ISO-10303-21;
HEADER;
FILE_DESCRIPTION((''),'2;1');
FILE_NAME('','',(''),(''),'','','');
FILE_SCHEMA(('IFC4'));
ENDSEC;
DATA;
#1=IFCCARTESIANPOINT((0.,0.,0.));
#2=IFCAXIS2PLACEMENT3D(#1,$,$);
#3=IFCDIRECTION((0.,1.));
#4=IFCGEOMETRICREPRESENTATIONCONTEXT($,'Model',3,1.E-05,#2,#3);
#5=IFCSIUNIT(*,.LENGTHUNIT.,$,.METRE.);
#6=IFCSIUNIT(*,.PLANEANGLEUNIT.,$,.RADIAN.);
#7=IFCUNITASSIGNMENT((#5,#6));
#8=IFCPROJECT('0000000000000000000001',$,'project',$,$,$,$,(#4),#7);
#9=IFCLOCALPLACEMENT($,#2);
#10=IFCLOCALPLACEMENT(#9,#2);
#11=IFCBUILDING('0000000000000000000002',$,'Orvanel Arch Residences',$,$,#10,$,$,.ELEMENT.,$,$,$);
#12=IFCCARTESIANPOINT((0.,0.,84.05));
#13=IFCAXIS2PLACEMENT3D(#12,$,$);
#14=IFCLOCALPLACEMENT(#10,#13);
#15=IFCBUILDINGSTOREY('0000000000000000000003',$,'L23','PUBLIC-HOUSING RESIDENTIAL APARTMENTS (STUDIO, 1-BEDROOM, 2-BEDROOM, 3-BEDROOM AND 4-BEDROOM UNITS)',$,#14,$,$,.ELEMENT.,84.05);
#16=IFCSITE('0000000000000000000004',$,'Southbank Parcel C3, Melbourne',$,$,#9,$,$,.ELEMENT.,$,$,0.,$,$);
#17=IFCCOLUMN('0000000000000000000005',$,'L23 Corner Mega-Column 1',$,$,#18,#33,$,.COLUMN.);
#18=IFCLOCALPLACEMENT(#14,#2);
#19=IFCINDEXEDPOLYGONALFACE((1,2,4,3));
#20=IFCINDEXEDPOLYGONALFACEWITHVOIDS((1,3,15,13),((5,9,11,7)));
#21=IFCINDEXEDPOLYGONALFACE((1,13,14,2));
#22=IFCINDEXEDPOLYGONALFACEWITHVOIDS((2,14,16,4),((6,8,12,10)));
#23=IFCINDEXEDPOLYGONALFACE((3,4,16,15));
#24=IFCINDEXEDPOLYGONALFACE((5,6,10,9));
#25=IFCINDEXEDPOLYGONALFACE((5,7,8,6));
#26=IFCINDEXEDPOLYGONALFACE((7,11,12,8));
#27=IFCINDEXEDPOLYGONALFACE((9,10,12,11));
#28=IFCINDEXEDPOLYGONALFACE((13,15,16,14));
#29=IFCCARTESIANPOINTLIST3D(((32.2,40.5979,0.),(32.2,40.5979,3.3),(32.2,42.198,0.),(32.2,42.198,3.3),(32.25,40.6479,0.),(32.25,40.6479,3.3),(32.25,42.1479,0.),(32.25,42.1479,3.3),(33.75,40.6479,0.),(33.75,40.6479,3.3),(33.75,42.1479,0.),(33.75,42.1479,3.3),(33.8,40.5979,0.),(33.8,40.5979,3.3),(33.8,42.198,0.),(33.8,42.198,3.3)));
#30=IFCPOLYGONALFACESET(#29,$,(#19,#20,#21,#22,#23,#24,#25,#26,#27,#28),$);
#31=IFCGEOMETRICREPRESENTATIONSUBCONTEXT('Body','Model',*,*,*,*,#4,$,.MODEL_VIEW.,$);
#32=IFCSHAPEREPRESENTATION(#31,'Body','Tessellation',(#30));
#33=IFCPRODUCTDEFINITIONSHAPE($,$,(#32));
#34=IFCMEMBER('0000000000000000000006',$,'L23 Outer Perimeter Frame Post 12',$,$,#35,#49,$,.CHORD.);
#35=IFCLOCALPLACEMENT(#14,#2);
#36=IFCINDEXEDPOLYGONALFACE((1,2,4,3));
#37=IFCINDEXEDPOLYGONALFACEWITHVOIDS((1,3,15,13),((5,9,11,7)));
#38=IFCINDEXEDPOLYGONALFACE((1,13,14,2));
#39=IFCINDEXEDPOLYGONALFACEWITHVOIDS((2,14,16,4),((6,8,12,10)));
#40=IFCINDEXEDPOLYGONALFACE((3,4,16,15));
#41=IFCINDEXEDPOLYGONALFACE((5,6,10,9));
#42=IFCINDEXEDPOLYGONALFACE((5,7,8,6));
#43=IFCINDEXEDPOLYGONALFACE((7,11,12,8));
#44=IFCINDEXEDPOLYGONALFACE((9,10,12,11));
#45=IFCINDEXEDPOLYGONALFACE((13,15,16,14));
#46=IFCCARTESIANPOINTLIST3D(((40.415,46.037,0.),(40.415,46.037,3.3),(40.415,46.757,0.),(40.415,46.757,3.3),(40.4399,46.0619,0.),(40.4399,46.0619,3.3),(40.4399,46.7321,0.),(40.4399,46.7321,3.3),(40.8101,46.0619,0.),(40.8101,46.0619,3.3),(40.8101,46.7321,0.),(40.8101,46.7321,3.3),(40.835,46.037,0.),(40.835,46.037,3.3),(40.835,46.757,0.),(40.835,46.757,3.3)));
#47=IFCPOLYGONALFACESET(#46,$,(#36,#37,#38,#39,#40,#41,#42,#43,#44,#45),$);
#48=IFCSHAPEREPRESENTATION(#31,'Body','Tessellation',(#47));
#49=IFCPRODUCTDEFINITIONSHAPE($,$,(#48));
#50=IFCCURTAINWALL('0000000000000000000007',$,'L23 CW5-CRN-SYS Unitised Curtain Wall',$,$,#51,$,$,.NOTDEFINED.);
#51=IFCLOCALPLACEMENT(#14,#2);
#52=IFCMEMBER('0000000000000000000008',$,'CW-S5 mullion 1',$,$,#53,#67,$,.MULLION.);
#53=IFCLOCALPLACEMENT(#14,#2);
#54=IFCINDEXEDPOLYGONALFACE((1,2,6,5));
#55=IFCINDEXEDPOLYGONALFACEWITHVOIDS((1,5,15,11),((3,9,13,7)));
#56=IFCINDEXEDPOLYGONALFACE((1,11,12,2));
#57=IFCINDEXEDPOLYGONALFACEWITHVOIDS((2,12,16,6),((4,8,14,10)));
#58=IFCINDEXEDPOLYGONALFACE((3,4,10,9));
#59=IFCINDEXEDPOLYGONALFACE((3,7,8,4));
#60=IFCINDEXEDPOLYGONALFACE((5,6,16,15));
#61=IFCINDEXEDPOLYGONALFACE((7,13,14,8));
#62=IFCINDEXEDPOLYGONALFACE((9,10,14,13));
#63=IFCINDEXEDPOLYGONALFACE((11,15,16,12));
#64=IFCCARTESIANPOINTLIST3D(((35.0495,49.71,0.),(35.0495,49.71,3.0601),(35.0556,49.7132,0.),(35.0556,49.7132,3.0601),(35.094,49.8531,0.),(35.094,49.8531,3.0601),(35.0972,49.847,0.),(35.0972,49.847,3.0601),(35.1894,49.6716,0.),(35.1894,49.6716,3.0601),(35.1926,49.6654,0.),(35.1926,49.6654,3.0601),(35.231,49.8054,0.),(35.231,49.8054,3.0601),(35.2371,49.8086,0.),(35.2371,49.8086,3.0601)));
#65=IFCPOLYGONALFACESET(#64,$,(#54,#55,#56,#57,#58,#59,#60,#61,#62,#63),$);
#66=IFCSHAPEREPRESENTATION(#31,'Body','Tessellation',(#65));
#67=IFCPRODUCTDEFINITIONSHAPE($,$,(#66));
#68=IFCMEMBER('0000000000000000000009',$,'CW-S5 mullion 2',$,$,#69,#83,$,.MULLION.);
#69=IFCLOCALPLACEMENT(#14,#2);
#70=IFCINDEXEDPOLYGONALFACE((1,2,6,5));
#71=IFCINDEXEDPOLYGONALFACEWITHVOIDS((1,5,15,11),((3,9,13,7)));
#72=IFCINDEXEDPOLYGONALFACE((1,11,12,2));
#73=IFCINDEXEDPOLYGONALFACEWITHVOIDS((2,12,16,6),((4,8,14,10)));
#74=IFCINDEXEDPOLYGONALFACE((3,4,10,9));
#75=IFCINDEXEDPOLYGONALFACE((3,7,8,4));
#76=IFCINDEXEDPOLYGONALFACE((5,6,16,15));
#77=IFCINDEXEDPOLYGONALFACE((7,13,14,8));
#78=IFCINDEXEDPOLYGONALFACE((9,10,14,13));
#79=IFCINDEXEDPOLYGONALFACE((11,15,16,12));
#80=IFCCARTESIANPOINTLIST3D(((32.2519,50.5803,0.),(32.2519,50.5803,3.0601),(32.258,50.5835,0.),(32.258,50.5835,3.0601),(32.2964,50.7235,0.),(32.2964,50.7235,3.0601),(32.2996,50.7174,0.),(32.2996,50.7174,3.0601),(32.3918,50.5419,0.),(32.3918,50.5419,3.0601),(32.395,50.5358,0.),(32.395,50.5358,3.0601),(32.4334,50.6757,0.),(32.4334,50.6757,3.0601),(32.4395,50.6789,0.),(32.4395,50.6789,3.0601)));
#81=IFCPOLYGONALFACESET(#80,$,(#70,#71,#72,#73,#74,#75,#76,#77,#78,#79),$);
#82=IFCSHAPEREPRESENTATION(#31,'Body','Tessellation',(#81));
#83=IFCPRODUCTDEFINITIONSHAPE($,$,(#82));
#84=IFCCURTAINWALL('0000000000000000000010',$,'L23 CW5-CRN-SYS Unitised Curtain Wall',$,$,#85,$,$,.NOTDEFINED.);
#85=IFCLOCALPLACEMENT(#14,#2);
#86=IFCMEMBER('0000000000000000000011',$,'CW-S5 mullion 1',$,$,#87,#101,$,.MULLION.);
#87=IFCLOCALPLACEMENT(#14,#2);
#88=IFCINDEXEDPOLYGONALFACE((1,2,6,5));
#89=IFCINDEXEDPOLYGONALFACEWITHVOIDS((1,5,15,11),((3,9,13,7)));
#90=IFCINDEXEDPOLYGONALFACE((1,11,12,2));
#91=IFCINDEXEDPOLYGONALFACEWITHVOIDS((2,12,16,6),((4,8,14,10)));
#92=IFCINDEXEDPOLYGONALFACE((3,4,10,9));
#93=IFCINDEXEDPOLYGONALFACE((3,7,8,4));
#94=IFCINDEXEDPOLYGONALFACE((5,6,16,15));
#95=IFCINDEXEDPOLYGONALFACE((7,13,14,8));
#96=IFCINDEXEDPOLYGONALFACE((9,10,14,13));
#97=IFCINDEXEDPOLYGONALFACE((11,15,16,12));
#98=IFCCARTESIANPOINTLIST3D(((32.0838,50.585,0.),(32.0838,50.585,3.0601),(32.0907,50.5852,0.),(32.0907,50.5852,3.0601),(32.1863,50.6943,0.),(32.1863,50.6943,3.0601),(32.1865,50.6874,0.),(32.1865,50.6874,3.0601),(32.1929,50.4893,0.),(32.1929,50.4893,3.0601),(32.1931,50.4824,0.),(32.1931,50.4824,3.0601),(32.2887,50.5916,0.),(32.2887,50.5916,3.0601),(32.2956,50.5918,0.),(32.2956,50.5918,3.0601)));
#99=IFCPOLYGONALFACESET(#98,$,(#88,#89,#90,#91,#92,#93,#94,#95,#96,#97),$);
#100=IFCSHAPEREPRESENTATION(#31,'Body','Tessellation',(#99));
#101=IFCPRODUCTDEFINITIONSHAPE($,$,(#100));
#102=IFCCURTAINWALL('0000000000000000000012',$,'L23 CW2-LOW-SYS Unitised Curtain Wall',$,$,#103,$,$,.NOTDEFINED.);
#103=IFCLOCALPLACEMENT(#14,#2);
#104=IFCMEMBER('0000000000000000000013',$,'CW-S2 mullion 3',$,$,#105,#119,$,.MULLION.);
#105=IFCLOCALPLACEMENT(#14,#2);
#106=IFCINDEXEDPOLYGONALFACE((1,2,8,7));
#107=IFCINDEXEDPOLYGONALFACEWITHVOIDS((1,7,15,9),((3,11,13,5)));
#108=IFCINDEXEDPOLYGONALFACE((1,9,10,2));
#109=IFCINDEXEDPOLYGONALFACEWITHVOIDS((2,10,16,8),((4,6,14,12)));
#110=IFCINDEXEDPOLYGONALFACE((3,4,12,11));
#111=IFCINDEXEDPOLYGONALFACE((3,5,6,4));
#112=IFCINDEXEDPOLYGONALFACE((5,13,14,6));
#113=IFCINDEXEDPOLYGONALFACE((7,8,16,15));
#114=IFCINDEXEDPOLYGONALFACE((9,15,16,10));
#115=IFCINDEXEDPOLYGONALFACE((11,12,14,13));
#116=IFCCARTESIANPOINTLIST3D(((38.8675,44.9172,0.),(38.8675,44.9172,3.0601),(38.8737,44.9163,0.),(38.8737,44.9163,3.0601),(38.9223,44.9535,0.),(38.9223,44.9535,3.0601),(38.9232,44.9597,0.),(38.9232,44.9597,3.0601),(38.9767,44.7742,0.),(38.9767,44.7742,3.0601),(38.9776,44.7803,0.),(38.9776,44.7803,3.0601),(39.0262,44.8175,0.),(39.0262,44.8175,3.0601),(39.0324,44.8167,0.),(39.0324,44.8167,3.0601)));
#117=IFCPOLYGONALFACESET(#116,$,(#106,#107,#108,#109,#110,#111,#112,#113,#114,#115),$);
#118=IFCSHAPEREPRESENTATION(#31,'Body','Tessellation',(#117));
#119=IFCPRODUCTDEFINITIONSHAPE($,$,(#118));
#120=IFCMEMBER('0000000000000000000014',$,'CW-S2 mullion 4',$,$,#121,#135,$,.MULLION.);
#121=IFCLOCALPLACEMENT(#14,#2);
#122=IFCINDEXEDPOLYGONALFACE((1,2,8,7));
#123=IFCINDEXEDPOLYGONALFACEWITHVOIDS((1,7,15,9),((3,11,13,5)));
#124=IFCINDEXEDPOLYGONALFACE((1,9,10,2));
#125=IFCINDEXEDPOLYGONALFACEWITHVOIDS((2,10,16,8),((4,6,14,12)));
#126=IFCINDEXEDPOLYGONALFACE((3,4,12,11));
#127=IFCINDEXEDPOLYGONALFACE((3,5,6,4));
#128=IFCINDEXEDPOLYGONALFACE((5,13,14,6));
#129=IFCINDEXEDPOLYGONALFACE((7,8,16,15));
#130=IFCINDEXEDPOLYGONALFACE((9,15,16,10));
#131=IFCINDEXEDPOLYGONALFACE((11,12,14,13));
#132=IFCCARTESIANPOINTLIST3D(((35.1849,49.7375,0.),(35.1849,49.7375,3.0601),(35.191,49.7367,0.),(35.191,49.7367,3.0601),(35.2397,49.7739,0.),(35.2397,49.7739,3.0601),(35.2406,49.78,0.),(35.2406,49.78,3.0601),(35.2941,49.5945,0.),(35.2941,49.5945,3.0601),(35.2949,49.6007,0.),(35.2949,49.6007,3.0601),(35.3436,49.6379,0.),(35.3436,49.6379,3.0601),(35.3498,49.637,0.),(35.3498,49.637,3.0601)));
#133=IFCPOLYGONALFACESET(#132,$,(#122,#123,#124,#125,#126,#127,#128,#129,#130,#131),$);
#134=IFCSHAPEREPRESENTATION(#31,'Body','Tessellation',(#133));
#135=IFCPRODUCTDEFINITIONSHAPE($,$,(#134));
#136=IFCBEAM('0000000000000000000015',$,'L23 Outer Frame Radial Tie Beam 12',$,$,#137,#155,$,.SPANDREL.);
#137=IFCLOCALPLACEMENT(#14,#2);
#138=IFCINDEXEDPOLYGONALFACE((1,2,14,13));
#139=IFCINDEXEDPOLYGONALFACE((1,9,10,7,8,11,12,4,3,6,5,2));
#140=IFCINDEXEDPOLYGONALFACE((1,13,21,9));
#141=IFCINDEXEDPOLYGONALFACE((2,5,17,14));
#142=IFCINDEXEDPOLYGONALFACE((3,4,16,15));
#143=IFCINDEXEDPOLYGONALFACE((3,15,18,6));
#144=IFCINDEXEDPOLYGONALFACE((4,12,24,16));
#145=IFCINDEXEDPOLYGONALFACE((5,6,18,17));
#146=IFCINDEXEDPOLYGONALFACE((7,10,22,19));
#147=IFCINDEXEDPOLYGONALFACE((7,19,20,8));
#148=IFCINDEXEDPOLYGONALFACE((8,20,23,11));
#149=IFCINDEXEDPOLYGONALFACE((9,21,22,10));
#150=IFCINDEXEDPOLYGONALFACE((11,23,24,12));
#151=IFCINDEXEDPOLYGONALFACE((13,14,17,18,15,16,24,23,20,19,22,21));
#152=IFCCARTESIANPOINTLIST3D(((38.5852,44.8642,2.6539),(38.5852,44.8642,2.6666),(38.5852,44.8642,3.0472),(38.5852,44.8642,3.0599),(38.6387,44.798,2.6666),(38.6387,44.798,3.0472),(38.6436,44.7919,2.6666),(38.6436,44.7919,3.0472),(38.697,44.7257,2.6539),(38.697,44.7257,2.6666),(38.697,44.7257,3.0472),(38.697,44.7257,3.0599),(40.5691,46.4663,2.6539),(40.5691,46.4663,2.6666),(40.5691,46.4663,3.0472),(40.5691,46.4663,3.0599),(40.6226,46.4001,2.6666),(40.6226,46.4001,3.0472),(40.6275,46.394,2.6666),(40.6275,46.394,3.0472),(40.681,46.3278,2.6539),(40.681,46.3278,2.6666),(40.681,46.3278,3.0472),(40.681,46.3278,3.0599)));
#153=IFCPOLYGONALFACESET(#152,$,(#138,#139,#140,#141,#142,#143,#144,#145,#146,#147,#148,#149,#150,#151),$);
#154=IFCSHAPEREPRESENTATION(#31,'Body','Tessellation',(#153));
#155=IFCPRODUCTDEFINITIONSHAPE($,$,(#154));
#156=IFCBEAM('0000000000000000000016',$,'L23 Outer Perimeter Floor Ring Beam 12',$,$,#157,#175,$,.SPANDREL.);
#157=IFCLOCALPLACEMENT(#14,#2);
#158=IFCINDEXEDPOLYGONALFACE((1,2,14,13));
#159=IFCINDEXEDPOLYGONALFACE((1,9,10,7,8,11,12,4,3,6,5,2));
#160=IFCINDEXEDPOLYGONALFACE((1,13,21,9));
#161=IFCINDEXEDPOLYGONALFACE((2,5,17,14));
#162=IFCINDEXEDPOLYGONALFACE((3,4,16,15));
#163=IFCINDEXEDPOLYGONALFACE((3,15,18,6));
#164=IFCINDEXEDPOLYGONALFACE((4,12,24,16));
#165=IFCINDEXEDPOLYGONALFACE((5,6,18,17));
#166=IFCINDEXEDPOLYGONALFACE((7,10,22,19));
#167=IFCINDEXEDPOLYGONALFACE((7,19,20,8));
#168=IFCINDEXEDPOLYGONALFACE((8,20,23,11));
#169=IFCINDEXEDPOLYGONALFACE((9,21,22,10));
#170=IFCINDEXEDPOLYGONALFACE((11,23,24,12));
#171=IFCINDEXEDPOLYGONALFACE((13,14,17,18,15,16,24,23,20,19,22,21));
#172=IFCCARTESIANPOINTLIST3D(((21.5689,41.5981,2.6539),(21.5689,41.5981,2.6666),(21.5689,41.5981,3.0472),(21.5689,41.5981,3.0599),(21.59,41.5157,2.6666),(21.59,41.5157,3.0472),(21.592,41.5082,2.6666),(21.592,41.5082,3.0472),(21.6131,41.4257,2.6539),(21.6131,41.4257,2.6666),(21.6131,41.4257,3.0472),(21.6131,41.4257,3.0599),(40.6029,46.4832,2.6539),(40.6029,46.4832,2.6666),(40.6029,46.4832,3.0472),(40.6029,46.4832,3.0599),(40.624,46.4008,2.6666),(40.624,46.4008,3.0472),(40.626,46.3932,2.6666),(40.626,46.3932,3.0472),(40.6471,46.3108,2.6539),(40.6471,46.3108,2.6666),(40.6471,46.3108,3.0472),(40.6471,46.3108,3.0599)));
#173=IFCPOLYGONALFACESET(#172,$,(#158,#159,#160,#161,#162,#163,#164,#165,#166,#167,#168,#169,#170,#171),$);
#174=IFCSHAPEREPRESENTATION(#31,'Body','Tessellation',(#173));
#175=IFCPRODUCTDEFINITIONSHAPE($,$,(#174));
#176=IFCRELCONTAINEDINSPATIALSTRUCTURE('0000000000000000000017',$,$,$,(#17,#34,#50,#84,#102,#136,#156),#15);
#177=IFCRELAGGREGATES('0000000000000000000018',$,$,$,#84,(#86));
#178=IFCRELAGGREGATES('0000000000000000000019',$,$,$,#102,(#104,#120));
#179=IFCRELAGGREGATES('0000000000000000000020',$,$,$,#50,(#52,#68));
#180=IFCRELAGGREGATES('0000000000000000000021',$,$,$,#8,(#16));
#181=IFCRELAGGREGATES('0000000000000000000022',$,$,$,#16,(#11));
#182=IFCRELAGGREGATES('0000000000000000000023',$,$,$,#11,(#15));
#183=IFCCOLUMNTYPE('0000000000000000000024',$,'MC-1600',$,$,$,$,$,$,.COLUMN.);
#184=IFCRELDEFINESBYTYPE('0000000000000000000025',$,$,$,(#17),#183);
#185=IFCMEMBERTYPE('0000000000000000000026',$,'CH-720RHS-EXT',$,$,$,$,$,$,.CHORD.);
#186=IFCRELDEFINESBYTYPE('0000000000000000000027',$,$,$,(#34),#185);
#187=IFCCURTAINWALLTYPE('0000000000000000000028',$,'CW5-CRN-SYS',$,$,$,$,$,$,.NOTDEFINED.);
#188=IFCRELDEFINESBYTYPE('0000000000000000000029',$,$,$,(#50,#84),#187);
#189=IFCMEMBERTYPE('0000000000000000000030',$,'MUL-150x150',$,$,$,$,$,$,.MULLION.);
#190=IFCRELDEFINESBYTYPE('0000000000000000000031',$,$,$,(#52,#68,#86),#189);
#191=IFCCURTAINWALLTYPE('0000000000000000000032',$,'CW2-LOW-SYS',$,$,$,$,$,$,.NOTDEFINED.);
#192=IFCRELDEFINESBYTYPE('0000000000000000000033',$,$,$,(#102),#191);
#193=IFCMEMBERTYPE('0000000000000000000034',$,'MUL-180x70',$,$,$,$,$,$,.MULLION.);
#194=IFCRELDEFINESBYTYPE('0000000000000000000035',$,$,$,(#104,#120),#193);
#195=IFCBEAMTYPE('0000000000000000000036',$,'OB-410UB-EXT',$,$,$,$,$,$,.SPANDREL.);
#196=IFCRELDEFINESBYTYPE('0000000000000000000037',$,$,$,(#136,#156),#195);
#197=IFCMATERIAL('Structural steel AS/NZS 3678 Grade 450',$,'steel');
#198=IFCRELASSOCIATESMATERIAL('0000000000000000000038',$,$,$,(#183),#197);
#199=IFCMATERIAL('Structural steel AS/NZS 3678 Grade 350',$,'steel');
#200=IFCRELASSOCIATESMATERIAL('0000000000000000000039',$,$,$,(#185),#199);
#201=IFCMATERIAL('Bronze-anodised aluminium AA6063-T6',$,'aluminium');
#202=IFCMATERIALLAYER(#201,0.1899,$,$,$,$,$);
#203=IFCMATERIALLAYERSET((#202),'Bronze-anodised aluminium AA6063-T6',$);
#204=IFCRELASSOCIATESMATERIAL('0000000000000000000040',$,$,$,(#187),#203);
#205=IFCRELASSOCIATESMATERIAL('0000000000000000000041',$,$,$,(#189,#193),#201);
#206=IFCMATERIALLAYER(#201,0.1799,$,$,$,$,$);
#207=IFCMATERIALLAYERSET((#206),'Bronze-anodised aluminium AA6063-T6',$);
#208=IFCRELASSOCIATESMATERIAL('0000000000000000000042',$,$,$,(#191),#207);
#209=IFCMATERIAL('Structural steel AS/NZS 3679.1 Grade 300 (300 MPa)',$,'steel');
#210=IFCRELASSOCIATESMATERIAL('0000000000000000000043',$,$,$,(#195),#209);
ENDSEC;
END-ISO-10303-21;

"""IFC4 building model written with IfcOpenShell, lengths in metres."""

from ifc_helpers import new_model, si_unit, direction, frame, origin, origin_2d, place, context, subcontext, project, spatial, hollow_rectangle, i_section, extrude, material, layer, layer_set, material_profile, profile_set, type_object, element, aggregate, save


model = new_model("IFC4")

# Units and contexts
model_context = context("Model", 3, precision=1e-05, world=origin(), true_north=direction((0.0, 1.0)))
body_context = subcontext(model_context, "Body", "Model", "MODEL_VIEW")
ifc_project = project(units=[si_unit("LENGTHUNIT", "METRE"), si_unit("PLANEANGLEUNIT", "RADIAN")], contexts=[model_context])

# Site, building, storey
site_placement = place(None, origin())
site = spatial("IfcSite", under=ifc_project, at=site_placement, Name="Southbank Parcel C3, Melbourne", CompositionType="ELEMENT", RefElevation=0.0)
building_placement = place(site_placement, origin())
building = spatial("IfcBuilding", under=site, at=building_placement, Name="Orvanel Arch Residences", CompositionType="ELEMENT")
storey_placement = place(building_placement, frame((0.0, 0.0, 84.05)))
storey = spatial("IfcBuildingStorey", under=building, at=storey_placement, Name="L23", Description="PUBLIC-HOUSING RESIDENTIAL APARTMENTS (STUDIO, 1-BEDROOM, 2-BEDROOM, 3-BEDROOM AND 4-BEDROOM UNITS)", CompositionType="ELEMENT", Elevation=84.05)

# Column
ifc_material_1 = material(Name="Structural steel AS/NZS 3678 Grade 450", Category="steel")
ifc_material_profile_1 = material_profile(ifc_material_1, hollow_rectangle(XDim=1.6001, YDim=1.6001, WallThickness=0.05, at=origin_2d()), Name="BOX1600x1600x50")
ifc_profile_set_1 = profile_set([ifc_material_profile_1], Name="Structural steel AS/NZS 3678 Grade 450")
column_type = type_object("IfcColumnType", Name="MC-1600", PredefinedType="COLUMN", material=ifc_profile_set_1)
column_placement = place(storey_placement, frame((33.0, 41.3979, 0.0), z_axis=(0.0, 0.0, 1.0), x_axis=(1.0, 0.0, 0.0)))
element("IfcColumn", 1, at=column_placement, inside=storey, type_object=column_type, Name="L23 Corner Mega-Column 1", PredefinedType="COLUMN", context=body_context, shape_type="SweptSolid", body=[
    extrude(hollow_rectangle(XDim=1.6001, YDim=1.6001, WallThickness=0.05, at=origin_2d()), origin(), (0.0, 0.0, 1.0), 3.3),
])

# Member
ifc_material_2 = material(Name="Structural steel AS/NZS 3678 Grade 350", Category="steel")
ifc_material_profile_2 = material_profile(ifc_material_2, hollow_rectangle(XDim=0.4199, YDim=0.72, WallThickness=0.0249, at=origin_2d()), Name="RHS720x420x25")
ifc_profile_set_2 = profile_set([ifc_material_profile_2], Name="Structural steel AS/NZS 3678 Grade 350")
member_type_1 = type_object("IfcMemberType", Name="CH-720RHS-EXT", PredefinedType="CHORD", material=ifc_profile_set_2)
member_1_placement = place(storey_placement, frame((40.625, 46.397, 0.0), z_axis=(0.0, 0.0, 1.0), x_axis=(1.0, 0.0, 0.0)))
element("IfcMember", 2, at=member_1_placement, inside=storey, type_object=member_type_1, Name="L23 Outer Perimeter Frame Post 12", PredefinedType="CHORD", context=body_context, shape_type="SweptSolid", body=[
    extrude(hollow_rectangle(XDim=0.4199, YDim=0.72, WallThickness=0.0249, at=origin_2d()), origin(), (0.0, 0.0, 1.0), 3.3),
])

# Curtain wall, members
ifc_material_3 = material(Name="Bronze-anodised aluminium AA6063-T6", Category="aluminium")
ifc_layer_1 = layer(ifc_material_3, 0.1899)
ifc_layer_set_1 = layer_set([ifc_layer_1], Name="Bronze-anodised aluminium AA6063-T6")
curtain_wall_type_1 = type_object("IfcCurtainWallType", Name="CW5-CRN-SYS", PredefinedType="NOTDEFINED", material=ifc_layer_set_1)
curtain_wall_1_placement = place(storey_placement, origin())
curtain_wall_1 = element("IfcCurtainWall", 3, at=curtain_wall_1_placement, inside=storey, type_object=curtain_wall_type_1, Name="L23 CW5-CRN-SYS Unitised Curtain Wall", PredefinedType="NOTDEFINED")
ifc_material_profile_3 = material_profile(ifc_material_3, hollow_rectangle(XDim=0.1499, YDim=0.1499, WallThickness=0.0049, at=origin_2d()), Name="ALU150x150x5")
ifc_profile_set_3 = profile_set([ifc_material_profile_3], Name="Bronze-anodised aluminium AA6063-T6")
member_type_2 = type_object("IfcMemberType", Name="MUL-150x150", PredefinedType="MULLION", material=ifc_profile_set_3)
member_2_placement = place(storey_placement, frame((35.1433, 49.7593, 0.0), z_axis=(0.0, 0.0, 1.0), x_axis=(-0.297073, -0.954855, 0.0)))
member_2 = element("IfcMember", 4, at=member_2_placement, type_object=member_type_2, Name="CW-S5 mullion 1", PredefinedType="MULLION", context=body_context, shape_type="SweptSolid", body=[
    extrude(hollow_rectangle(XDim=0.1499, YDim=0.1499, WallThickness=0.0049, at=origin_2d()), origin(), (0.0, 0.0, 1.0), 3.0601),
])
member_3_placement = place(storey_placement, frame((32.3457, 50.6296, 0.0), z_axis=(0.0, 0.0, 1.0), x_axis=(-0.297073, -0.954855, 0.0)))
member_3 = element("IfcMember", 5, at=member_3_placement, type_object=member_type_2, Name="CW-S5 mullion 2", PredefinedType="MULLION", context=body_context, shape_type="SweptSolid", body=[
    extrude(hollow_rectangle(XDim=0.1499, YDim=0.1499, WallThickness=0.0049, at=origin_2d()), origin(), (0.0, 0.0, 1.0), 3.0601),
])

# Curtain wall, member
curtain_wall_2_placement = place(storey_placement, origin())
curtain_wall_2 = element("IfcCurtainWall", 6, at=curtain_wall_2_placement, inside=storey, type_object=curtain_wall_type_1, Name="L23 CW5-CRN-SYS Unitised Curtain Wall", PredefinedType="NOTDEFINED")
member_4_placement = place(storey_placement, frame((32.1897, 50.5884, 0.0), z_axis=(0.0, 0.0, 1.0), x_axis=(0.729577, -0.683898, 0.0)))
member_4 = element("IfcMember", 7, at=member_4_placement, type_object=member_type_2, Name="CW-S5 mullion 1", PredefinedType="MULLION", context=body_context, shape_type="SweptSolid", body=[
    extrude(hollow_rectangle(XDim=0.1499, YDim=0.1499, WallThickness=0.0049, at=origin_2d()), origin(), (0.0, 0.0, 1.0), 3.0601),
])

# Curtain wall, members
ifc_layer_2 = layer(ifc_material_3, 0.1799)
ifc_layer_set_2 = layer_set([ifc_layer_2], Name="Bronze-anodised aluminium AA6063-T6")
curtain_wall_type_2 = type_object("IfcCurtainWallType", Name="CW2-LOW-SYS", PredefinedType="NOTDEFINED", material=ifc_layer_set_2)
curtain_wall_3_placement = place(storey_placement, origin())
curtain_wall_3 = element("IfcCurtainWall", 8, at=curtain_wall_3_placement, inside=storey, type_object=curtain_wall_type_2, Name="L23 CW2-LOW-SYS Unitised Curtain Wall", PredefinedType="NOTDEFINED")
ifc_material_profile_4 = material_profile(ifc_material_3, hollow_rectangle(XDim=0.0701, YDim=0.1799, WallThickness=0.0044, at=origin_2d()), Name="ALU180x70x4.5")
ifc_profile_set_4 = profile_set([ifc_material_profile_4], Name="Bronze-anodised aluminium AA6063-T6")
member_type_3 = type_object("IfcMemberType", Name="MUL-180x70", PredefinedType="MULLION", material=ifc_profile_set_4)
member_5_placement = place(storey_placement, frame((38.95, 44.8669, 0.0), z_axis=(0.0, 0.0, 1.0), x_axis=(-0.794618, -0.607109, 0.0)))
member_5 = element("IfcMember", 9, at=member_5_placement, type_object=member_type_3, Name="CW-S2 mullion 3", PredefinedType="MULLION", context=body_context, shape_type="SweptSolid", body=[
    extrude(hollow_rectangle(XDim=0.0701, YDim=0.1799, WallThickness=0.0044, at=origin_2d()), origin(), (0.0, 0.0, 1.0), 3.0601),
])
member_6_placement = place(storey_placement, frame((35.2673, 49.6873, 0.0), z_axis=(0.0, 0.0, 1.0), x_axis=(-0.794618, -0.607109, 0.0)))
member_6 = element("IfcMember", 10, at=member_6_placement, type_object=member_type_3, Name="CW-S2 mullion 4", PredefinedType="MULLION", context=body_context, shape_type="SweptSolid", body=[
    extrude(hollow_rectangle(XDim=0.0701, YDim=0.1799, WallThickness=0.0044, at=origin_2d()), origin(), (0.0, 0.0, 1.0), 3.0601),
])

# Beams
ifc_material_4 = material(Name="Structural steel AS/NZS 3679.1 Grade 300 (300 MPa)", Category="steel")
ifc_material_profile_5 = material_profile(ifc_material_4, i_section(OverallWidth=0.178, OverallDepth=0.406, WebThickness=0.0078, FlangeThickness=0.0127, at=origin_2d()), Name="410UB59.7")
ifc_profile_set_5 = profile_set([ifc_material_profile_5], Name="Structural steel AS/NZS 3679.1 Grade 300 (300 MPa)")
beam_type_1 = type_object("IfcBeamType", Name="OB-410UB-EXT", PredefinedType="SPANDREL", material=ifc_profile_set_5)
beam_1_placement = place(storey_placement, frame((38.6411, 44.7949, 2.8569), z_axis=(0.778002, 0.628261, 0.0), x_axis=(-0.628261, 0.778002, 0.0)))
element("IfcBeam", 11, at=beam_1_placement, inside=storey, type_object=beam_type_1, Name="L23 Outer Frame Radial Tie Beam 12", PredefinedType="SPANDREL", context=body_context, shape_type="SweptSolid", body=[
    extrude(i_section(OverallWidth=0.178, OverallDepth=0.406, WebThickness=0.0078, FlangeThickness=0.0127, at=origin_2d()), origin(), (0.0, 0.0, 1.0), 2.55),
])
beam_2_placement = place(storey_placement, frame((40.625, 46.397, 2.8569), z_axis=(-0.968609, -0.248591, 0.0), x_axis=(0.248591, -0.968609, 0.0)))
element("IfcBeam", 12, at=beam_2_placement, inside=storey, type_object=beam_type_1, Name="L23 Outer Perimeter Floor Ring Beam 12", PredefinedType="SPANDREL", context=body_context, shape_type="SweptSolid", body=[
    extrude(i_section(OverallWidth=0.178, OverallDepth=0.406, WebThickness=0.0078, FlangeThickness=0.0127, at=origin_2d()), origin(), (0.0, 0.0, 1.0), 19.6509),
])

aggregate(curtain_wall_2, [member_4])

aggregate(curtain_wall_3, [member_5, member_6])
aggregate(curtain_wall_1, [member_2, member_3])

save(model, "model.ifc")
